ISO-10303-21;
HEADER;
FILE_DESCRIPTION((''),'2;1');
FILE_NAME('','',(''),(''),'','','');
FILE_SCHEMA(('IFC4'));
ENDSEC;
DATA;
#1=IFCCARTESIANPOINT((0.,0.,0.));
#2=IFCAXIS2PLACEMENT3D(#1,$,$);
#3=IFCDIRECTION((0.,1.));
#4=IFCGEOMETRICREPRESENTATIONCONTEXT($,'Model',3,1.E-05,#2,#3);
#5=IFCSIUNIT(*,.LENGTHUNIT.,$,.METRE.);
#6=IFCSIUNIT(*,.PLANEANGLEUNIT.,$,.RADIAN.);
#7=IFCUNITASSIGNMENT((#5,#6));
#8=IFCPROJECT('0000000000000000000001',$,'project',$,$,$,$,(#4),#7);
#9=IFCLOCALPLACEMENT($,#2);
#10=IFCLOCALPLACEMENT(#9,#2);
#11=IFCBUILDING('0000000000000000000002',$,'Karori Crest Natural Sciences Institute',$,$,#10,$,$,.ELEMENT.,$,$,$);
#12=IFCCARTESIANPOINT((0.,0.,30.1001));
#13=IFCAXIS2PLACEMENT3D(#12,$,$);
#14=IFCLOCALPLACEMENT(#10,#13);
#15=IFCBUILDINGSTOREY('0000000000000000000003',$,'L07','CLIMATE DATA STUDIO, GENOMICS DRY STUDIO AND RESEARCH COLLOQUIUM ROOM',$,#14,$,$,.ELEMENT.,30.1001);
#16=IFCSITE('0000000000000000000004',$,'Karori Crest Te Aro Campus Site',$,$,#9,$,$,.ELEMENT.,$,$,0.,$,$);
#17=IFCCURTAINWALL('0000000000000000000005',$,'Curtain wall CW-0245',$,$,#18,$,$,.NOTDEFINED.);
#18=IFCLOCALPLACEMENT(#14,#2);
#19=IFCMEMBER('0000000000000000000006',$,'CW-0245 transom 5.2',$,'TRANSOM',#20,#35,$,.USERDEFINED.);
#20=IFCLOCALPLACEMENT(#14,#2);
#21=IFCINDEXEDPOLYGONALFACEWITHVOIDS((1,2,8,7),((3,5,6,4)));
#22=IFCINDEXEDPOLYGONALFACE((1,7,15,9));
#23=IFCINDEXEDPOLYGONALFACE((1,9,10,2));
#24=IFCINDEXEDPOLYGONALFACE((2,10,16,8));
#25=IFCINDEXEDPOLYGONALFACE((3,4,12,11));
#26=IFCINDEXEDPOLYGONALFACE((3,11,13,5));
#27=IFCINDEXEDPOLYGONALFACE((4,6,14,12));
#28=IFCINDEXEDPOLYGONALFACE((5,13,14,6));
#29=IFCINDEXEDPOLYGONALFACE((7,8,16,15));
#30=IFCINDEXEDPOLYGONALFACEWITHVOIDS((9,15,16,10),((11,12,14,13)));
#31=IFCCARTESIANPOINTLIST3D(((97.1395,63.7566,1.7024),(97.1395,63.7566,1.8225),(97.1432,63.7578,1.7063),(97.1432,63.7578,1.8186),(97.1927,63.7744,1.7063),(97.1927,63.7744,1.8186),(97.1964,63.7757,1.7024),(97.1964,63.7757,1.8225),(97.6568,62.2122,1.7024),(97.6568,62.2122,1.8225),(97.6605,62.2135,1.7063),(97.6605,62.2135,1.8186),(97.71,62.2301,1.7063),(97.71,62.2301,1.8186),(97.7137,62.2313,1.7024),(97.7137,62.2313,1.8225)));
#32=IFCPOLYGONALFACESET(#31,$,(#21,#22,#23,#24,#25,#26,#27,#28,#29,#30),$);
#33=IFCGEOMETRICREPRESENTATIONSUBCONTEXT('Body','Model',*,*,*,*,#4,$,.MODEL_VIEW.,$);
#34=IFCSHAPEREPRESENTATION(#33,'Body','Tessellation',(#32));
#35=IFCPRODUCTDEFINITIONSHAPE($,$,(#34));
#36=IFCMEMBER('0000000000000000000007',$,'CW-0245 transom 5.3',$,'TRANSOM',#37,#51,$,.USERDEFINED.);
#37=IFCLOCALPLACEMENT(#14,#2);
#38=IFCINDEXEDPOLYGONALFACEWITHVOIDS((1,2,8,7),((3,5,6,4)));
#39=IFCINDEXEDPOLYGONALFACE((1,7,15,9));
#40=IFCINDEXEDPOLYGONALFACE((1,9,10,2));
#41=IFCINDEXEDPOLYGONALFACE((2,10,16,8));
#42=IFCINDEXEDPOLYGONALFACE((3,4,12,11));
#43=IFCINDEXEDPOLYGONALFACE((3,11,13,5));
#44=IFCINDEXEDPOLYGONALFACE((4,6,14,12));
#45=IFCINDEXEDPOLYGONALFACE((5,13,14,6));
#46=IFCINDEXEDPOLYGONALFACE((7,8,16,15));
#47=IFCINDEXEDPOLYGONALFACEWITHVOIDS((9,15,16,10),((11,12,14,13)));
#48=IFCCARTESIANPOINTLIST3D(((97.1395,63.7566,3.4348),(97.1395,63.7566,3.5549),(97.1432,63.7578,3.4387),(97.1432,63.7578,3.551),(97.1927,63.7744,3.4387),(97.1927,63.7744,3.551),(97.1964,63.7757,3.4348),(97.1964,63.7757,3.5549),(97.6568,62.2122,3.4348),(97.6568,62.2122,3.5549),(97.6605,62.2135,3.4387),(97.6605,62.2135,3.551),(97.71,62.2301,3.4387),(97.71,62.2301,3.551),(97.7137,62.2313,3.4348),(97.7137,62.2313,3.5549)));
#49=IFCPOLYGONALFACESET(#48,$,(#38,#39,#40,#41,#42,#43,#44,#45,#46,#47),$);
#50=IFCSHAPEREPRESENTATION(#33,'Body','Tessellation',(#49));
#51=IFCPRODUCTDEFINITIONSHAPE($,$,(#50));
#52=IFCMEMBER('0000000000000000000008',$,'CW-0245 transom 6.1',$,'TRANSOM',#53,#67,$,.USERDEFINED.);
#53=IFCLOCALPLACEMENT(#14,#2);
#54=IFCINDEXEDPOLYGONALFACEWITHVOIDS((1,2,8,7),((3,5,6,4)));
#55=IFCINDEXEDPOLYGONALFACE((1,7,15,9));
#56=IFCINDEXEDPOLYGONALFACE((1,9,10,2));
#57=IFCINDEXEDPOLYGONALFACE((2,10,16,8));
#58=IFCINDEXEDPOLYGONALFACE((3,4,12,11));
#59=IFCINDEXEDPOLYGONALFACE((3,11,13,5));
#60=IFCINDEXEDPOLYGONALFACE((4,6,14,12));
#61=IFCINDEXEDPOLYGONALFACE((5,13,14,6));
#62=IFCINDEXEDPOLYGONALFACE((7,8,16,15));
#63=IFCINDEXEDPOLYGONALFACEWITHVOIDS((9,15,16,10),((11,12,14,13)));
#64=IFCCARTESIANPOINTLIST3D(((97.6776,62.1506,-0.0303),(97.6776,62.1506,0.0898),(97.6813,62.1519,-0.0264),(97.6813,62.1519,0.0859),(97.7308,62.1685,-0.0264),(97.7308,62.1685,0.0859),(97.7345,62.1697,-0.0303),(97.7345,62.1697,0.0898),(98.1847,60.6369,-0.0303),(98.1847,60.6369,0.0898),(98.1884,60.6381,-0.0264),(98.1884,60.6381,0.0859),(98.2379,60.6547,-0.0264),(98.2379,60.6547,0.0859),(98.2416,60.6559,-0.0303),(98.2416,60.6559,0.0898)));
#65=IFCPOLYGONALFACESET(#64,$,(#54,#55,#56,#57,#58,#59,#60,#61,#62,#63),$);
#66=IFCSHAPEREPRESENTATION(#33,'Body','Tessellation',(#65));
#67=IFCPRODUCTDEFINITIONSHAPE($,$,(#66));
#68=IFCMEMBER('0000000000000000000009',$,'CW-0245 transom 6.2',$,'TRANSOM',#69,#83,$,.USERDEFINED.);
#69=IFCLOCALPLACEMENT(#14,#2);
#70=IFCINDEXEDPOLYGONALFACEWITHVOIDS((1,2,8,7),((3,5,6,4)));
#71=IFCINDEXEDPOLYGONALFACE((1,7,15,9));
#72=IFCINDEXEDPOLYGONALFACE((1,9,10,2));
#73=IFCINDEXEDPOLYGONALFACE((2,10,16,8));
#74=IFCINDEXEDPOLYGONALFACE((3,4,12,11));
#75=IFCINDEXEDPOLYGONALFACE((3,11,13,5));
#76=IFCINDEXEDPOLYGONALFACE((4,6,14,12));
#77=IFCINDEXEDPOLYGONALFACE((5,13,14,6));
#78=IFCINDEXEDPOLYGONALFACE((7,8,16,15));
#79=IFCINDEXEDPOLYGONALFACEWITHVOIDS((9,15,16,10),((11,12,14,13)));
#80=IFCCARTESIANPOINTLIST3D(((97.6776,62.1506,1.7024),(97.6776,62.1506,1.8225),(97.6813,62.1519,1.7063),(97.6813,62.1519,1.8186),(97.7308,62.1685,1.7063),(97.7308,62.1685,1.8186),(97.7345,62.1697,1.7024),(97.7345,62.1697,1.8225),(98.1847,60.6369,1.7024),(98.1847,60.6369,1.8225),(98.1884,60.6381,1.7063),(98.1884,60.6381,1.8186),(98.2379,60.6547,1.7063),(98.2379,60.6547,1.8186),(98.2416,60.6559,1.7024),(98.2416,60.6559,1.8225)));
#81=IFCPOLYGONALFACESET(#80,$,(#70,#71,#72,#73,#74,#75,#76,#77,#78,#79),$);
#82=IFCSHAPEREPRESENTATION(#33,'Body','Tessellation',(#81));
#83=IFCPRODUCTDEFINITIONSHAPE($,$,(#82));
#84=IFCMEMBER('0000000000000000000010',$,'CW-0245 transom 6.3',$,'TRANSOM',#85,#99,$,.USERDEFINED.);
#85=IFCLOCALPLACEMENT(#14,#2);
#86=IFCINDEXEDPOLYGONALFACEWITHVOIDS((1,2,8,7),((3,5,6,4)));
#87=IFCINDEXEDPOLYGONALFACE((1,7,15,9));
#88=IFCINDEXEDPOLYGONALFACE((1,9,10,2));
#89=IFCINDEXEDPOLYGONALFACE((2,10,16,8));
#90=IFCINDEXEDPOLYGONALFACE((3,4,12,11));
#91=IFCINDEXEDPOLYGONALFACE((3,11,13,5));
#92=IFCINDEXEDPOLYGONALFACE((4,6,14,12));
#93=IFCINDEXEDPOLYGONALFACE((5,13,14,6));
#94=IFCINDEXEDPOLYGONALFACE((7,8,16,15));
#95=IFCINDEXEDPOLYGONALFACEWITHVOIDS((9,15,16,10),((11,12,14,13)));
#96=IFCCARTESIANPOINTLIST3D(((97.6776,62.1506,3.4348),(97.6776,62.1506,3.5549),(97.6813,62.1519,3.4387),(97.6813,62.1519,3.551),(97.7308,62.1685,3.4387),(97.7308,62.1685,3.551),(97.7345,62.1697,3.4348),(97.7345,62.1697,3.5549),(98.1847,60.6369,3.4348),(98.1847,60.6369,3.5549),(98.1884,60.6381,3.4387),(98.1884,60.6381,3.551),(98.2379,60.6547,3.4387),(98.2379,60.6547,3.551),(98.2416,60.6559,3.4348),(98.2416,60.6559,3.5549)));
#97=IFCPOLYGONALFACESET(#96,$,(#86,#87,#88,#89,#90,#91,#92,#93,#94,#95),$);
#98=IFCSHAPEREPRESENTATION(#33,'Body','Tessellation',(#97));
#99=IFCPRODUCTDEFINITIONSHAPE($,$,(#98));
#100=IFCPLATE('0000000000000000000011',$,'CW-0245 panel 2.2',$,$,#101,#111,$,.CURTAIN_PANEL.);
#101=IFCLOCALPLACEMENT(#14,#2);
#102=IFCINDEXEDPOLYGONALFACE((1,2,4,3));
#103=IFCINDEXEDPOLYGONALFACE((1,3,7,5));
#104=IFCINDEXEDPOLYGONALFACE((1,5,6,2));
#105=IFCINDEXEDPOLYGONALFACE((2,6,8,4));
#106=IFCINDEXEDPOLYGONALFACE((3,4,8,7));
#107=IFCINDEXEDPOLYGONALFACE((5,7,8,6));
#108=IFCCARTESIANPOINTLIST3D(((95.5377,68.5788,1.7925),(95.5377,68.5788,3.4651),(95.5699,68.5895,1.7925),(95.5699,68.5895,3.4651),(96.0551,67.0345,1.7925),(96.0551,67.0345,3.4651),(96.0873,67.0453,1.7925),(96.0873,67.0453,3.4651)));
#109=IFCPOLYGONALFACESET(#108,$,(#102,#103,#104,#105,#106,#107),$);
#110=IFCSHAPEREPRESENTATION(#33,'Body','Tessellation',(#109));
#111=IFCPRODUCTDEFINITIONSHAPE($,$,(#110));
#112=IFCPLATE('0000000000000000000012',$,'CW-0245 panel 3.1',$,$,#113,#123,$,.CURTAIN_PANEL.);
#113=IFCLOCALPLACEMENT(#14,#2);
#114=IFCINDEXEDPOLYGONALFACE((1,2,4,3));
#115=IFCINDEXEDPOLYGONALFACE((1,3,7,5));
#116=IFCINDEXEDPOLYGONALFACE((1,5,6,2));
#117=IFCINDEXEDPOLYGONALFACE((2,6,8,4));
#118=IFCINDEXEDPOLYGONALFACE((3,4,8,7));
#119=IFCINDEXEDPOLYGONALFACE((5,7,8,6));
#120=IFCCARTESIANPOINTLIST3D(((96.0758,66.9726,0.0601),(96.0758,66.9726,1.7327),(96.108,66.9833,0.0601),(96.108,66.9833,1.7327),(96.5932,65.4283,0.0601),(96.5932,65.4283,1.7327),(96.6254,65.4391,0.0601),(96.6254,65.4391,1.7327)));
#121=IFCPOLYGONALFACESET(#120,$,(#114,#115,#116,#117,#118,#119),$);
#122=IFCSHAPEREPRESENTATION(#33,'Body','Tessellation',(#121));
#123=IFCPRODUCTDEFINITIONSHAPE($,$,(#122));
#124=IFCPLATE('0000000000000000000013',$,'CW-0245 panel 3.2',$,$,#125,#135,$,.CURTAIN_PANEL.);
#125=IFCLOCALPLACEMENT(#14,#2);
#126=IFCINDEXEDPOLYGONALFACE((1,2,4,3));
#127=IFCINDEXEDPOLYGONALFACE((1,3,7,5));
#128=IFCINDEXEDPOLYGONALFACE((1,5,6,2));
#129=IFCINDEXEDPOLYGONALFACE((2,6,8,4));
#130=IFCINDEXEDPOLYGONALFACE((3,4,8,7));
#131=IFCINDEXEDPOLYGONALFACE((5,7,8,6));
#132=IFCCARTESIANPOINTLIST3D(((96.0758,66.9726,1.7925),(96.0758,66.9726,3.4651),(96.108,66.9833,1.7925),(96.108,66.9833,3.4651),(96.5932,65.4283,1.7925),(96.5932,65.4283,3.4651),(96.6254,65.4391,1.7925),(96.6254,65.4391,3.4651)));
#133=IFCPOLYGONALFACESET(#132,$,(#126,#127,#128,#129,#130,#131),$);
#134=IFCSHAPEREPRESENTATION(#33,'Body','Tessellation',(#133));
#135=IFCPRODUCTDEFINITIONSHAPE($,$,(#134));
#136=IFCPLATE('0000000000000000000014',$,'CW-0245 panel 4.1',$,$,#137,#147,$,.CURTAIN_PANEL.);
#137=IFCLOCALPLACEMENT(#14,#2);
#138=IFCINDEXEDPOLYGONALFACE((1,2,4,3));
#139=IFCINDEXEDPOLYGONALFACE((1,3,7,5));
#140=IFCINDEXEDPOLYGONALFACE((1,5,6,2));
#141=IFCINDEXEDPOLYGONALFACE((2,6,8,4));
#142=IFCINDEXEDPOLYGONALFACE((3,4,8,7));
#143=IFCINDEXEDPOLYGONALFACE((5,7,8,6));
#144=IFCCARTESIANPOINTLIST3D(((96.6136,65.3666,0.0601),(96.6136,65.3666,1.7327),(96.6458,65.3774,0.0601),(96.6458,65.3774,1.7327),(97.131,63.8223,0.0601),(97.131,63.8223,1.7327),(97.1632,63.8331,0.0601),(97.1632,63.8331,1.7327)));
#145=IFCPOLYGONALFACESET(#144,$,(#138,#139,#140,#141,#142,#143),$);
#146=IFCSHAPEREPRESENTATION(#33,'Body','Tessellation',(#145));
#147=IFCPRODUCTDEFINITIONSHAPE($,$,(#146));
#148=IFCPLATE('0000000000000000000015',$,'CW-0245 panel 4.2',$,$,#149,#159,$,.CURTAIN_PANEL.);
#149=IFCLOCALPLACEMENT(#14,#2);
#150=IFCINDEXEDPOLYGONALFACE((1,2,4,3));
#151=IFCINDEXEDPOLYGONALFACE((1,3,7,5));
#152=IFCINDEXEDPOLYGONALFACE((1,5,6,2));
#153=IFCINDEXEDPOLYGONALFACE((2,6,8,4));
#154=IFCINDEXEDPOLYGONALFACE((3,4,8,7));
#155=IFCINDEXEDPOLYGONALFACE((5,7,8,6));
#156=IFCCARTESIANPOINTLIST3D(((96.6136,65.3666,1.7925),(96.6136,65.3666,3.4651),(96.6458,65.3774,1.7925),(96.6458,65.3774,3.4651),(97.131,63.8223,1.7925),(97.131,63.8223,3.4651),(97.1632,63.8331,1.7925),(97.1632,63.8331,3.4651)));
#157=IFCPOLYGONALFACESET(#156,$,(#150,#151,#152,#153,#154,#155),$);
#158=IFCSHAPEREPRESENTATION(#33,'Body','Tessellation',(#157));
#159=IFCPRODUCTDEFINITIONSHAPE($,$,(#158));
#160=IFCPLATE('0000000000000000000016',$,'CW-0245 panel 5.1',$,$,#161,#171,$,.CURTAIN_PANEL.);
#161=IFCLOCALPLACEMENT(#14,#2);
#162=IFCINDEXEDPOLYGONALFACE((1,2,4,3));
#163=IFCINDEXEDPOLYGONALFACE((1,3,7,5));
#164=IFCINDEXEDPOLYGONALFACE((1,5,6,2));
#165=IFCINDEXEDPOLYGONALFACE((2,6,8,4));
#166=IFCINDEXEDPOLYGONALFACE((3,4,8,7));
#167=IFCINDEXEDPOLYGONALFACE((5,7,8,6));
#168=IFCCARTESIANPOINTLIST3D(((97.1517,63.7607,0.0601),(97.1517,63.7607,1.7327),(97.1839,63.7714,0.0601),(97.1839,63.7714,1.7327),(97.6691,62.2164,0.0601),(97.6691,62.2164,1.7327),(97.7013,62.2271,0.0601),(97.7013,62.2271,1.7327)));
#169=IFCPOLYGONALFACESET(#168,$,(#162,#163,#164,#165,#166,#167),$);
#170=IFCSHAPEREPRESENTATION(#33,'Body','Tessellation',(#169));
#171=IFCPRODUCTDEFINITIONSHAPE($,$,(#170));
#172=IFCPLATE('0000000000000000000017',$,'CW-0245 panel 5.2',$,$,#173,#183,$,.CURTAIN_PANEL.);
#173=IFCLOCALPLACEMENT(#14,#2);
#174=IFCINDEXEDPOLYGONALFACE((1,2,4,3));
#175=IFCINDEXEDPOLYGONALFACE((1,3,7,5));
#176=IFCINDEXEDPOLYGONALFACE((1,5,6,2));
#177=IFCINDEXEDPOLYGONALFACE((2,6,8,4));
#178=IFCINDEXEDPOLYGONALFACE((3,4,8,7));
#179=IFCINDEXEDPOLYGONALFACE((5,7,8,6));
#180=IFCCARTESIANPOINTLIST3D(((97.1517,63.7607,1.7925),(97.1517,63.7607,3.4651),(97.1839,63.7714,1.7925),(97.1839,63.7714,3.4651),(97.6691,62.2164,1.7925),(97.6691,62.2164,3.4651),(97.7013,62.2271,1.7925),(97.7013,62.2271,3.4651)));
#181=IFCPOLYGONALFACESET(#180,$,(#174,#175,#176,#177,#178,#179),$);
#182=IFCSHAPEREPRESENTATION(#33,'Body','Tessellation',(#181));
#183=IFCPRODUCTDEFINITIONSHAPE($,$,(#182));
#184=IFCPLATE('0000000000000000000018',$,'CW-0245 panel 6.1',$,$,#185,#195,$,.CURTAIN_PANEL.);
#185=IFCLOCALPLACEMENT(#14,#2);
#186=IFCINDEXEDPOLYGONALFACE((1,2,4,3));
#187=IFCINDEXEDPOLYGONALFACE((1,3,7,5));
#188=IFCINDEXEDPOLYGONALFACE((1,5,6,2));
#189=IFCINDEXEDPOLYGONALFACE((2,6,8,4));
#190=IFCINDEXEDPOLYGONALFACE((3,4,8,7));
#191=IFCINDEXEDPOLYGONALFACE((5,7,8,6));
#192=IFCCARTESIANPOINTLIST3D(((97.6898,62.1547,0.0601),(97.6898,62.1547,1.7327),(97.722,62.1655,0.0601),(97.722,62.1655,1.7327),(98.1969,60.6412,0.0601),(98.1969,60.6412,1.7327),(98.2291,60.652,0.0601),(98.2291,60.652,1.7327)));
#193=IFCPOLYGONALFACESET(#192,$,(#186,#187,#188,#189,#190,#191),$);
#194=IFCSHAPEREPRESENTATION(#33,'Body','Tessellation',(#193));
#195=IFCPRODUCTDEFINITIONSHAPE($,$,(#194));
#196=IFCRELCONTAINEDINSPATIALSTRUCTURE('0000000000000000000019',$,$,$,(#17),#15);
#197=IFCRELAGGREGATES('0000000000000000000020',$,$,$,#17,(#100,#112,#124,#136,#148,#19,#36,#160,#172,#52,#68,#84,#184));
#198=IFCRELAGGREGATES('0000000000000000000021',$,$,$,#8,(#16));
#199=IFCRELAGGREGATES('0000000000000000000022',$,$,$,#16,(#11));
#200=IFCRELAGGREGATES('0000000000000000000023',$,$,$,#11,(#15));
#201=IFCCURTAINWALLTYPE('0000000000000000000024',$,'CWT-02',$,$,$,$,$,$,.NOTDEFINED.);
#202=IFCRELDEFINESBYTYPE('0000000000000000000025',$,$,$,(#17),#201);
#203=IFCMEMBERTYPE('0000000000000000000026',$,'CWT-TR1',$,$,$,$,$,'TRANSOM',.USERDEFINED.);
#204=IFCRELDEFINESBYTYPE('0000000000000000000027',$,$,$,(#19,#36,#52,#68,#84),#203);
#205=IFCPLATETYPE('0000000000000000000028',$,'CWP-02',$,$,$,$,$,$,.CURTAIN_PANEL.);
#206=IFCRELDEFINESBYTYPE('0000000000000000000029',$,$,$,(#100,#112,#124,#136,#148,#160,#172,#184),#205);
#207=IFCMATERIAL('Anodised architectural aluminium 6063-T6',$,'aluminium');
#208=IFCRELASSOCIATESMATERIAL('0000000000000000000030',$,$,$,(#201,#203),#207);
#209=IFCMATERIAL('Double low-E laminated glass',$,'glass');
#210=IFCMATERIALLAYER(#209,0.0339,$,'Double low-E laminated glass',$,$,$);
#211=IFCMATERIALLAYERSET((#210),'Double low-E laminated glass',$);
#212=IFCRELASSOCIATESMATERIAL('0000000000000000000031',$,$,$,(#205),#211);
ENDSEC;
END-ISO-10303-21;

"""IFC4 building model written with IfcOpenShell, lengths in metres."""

from ifc_helpers import new_model, si_unit, direction, frame, origin, origin_2d, place, context, subcontext, project, spatial, rectangle, hollow_rectangle, extrude, material, layer, layer_set, material_profile, profile_set, type_object, element, aggregate, save


model = new_model("IFC4")

# Units and contexts
model_context = context("Model", 3, precision=1e-05, world=origin(), true_north=direction((0.0, 1.0)))
body_context = subcontext(model_context, "Body", "Model", "MODEL_VIEW")
ifc_project = project(units=[si_unit("LENGTHUNIT", "METRE"), si_unit("PLANEANGLEUNIT", "RADIAN")], contexts=[model_context])

# Site, building, storey
site_placement = place(None, origin())
site = spatial("IfcSite", under=ifc_project, at=site_placement, Name="Karori Crest Te Aro Campus Site", CompositionType="ELEMENT", RefElevation=0.0)
building_placement = place(site_placement, origin())
building = spatial("IfcBuilding", under=site, at=building_placement, Name="Karori Crest Natural Sciences Institute", CompositionType="ELEMENT")
storey_placement = place(building_placement, frame((0.0, 0.0, 30.1001)))
storey = spatial("IfcBuildingStorey", under=building, at=storey_placement, Name="L07", Description="CLIMATE DATA STUDIO, GENOMICS DRY STUDIO AND RESEARCH COLLOQUIUM ROOM", CompositionType="ELEMENT", Elevation=30.1001)

# Curtain wall, members, plates
ifc_material_1 = material(Name="Anodised architectural aluminium 6063-T6", Category="aluminium")
curtain_wall_type = type_object("IfcCurtainWallType", Name="CWT-02", PredefinedType="NOTDEFINED", material=ifc_material_1)
curtain_wall_placement = place(storey_placement, origin())
curtain_wall = element("IfcCurtainWall", 1, at=curtain_wall_placement, inside=storey, type_object=curtain_wall_type, Name="Curtain wall CW-0245", PredefinedType="NOTDEFINED")
ifc_material_profile_1 = material_profile(ifc_material_1, hollow_rectangle(XDim=0.0601, YDim=0.1201, WallThickness=0.0039, at=origin_2d()), Name="CWT120x60x4")
ifc_profile_set_1 = profile_set([ifc_material_profile_1], Name="Anodised architectural aluminium 6063-T6")
member_type_1 = type_object("IfcMemberType", Name="CWT-TR1", ElementType="TRANSOM", PredefinedType="USERDEFINED", material=ifc_profile_set_1)
member_1_placement = place(storey_placement, frame((97.168, 63.7661, 1.7625), z_axis=(0.317621, -0.948218, 0.0), x_axis=(0.948218, 0.317621, 0.0)))
member_1 = element("IfcMember", 2, at=member_1_placement, type_object=member_type_1, Name="CW-0245 transom 5.2", ObjectType="TRANSOM", PredefinedType="USERDEFINED", context=body_context, shape_type="SweptSolid", body=[
    extrude(hollow_rectangle(XDim=0.0601, YDim=0.1201, WallThickness=0.0039, at=origin_2d()), origin(), (0.0, 0.0, 1.0), 1.6287),
])
member_2_placement = place(storey_placement, frame((97.168, 63.7661, 3.4949), z_axis=(0.317621, -0.948218, 0.0), x_axis=(0.948218, 0.317621, 0.0)))
member_2 = element("IfcMember", 3, at=member_2_placement, type_object=member_type_1, Name="CW-0245 transom 5.3", ObjectType="TRANSOM", PredefinedType="USERDEFINED", context=body_context, shape_type="SweptSolid", body=[
    extrude(hollow_rectangle(XDim=0.0601, YDim=0.1201, WallThickness=0.0039, at=origin_2d()), origin(), (0.0, 0.0, 1.0), 1.6287),
])
member_3_placement = place(storey_placement, frame((97.7061, 62.1602, 0.0298), z_axis=(0.31765, -0.948208, 0.0), x_axis=(0.948208, 0.31765, 0.0)))
member_3 = element("IfcMember", 4, at=member_3_placement, type_object=member_type_1, Name="CW-0245 transom 6.1", ObjectType="TRANSOM", PredefinedType="USERDEFINED", context=body_context, shape_type="SweptSolid", body=[
    extrude(hollow_rectangle(XDim=0.0601, YDim=0.1201, WallThickness=0.0039, at=origin_2d()), origin(), (0.0, 0.0, 1.0), 1.5964),
])
member_4_placement = place(storey_placement, frame((97.7061, 62.1602, 1.7625), z_axis=(0.31765, -0.948208, 0.0), x_axis=(0.948208, 0.31765, 0.0)))
member_4 = element("IfcMember", 5, at=member_4_placement, type_object=member_type_1, Name="CW-0245 transom 6.2", ObjectType="TRANSOM", PredefinedType="USERDEFINED", context=body_context, shape_type="SweptSolid", body=[
    extrude(hollow_rectangle(XDim=0.0601, YDim=0.1201, WallThickness=0.0039, at=origin_2d()), origin(), (0.0, 0.0, 1.0), 1.5964),
])
member_5_placement = place(storey_placement, frame((97.7061, 62.1602, 3.4949), z_axis=(0.31765, -0.948208, 0.0), x_axis=(0.948208, 0.31765, 0.0)))
member_5 = element("IfcMember", 6, at=member_5_placement, type_object=member_type_1, Name="CW-0245 transom 6.3", ObjectType="TRANSOM", PredefinedType="USERDEFINED", context=body_context, shape_type="SweptSolid", body=[
    extrude(hollow_rectangle(XDim=0.0601, YDim=0.1201, WallThickness=0.0039, at=origin_2d()), origin(), (0.0, 0.0, 1.0), 1.5964),
])
ifc_material_2 = material(Name="Double low-E laminated glass", Category="glass")
ifc_layer_1 = layer(ifc_material_2, 0.0339, Name="Double low-E laminated glass")
ifc_layer_set_1 = layer_set([ifc_layer_1], Name="Double low-E laminated glass")
plate_type = type_object("IfcPlateType", Name="CWP-02", PredefinedType="CURTAIN_PANEL", material=ifc_layer_set_1)
plate_1_placement = place(storey_placement, frame((95.8125, 67.812, 1.7925), z_axis=(0.0, 0.0, 1.0), x_axis=(0.31768, -0.948198, 0.0)))
plate_1 = element("IfcPlate", 7, at=plate_1_placement, type_object=plate_type, Name="CW-0245 panel 2.2", PredefinedType="CURTAIN_PANEL", context=body_context, shape_type="SweptSolid", body=[
    extrude(rectangle(XDim=1.6287, YDim=0.0339, at=origin_2d()), origin(), (0.0, 0.0, 1.0), 1.6726),
])
plate_2_placement = place(storey_placement, frame((96.3506, 66.2058, 0.0601), z_axis=(0.0, 0.0, 1.0), x_axis=(0.31768, -0.948198, 0.0)))
plate_2 = element("IfcPlate", 8, at=plate_2_placement, type_object=plate_type, Name="CW-0245 panel 3.1", PredefinedType="CURTAIN_PANEL", context=body_context, shape_type="SweptSolid", body=[
    extrude(rectangle(XDim=1.6287, YDim=0.0339, at=origin_2d()), origin(), (0.0, 0.0, 1.0), 1.6726),
])
plate_3_placement = place(storey_placement, frame((96.3506, 66.2058, 1.7925), z_axis=(0.0, 0.0, 1.0), x_axis=(0.31768, -0.948198, 0.0)))
plate_3 = element("IfcPlate", 9, at=plate_3_placement, type_object=plate_type, Name="CW-0245 panel 3.2", PredefinedType="CURTAIN_PANEL", context=body_context, shape_type="SweptSolid", body=[
    extrude(rectangle(XDim=1.6287, YDim=0.0339, at=origin_2d()), origin(), (0.0, 0.0, 1.0), 1.6726),
])
plate_4_placement = place(storey_placement, frame((96.8884, 64.5999, 0.0601), z_axis=(0.0, 0.0, 1.0), x_axis=(0.31768, -0.948198, 0.0)))
plate_4 = element("IfcPlate", 10, at=plate_4_placement, type_object=plate_type, Name="CW-0245 panel 4.1", PredefinedType="CURTAIN_PANEL", context=body_context, shape_type="SweptSolid", body=[
    extrude(rectangle(XDim=1.6287, YDim=0.0339, at=origin_2d()), origin(), (0.0, 0.0, 1.0), 1.6726),
])
plate_5_placement = place(storey_placement, frame((96.8884, 64.5999, 1.7925), z_axis=(0.0, 0.0, 1.0), x_axis=(0.31768, -0.948198, 0.0)))
plate_5 = element("IfcPlate", 11, at=plate_5_placement, type_object=plate_type, Name="CW-0245 panel 4.2", PredefinedType="CURTAIN_PANEL", context=body_context, shape_type="SweptSolid", body=[
    extrude(rectangle(XDim=1.6287, YDim=0.0339, at=origin_2d()), origin(), (0.0, 0.0, 1.0), 1.6726),
])
plate_6_placement = place(storey_placement, frame((97.4265, 62.9939, 0.0601), z_axis=(0.0, 0.0, 1.0), x_axis=(0.31768, -0.948198, 0.0)))
plate_6 = element("IfcPlate", 12, at=plate_6_placement, type_object=plate_type, Name="CW-0245 panel 5.1", PredefinedType="CURTAIN_PANEL", context=body_context, shape_type="SweptSolid", body=[
    extrude(rectangle(XDim=1.6287, YDim=0.0339, at=origin_2d()), origin(), (0.0, 0.0, 1.0), 1.6726),
])
plate_7_placement = place(storey_placement, frame((97.4265, 62.9939, 1.7925), z_axis=(0.0, 0.0, 1.0), x_axis=(0.31768, -0.948198, 0.0)))
plate_7 = element("IfcPlate", 13, at=plate_7_placement, type_object=plate_type, Name="CW-0245 panel 5.2", PredefinedType="CURTAIN_PANEL", context=body_context, shape_type="SweptSolid", body=[
    extrude(rectangle(XDim=1.6287, YDim=0.0339, at=origin_2d()), origin(), (0.0, 0.0, 1.0), 1.6726),
])
plate_8_placement = place(storey_placement, frame((97.9595, 61.4033, 0.0601), z_axis=(0.0, 0.0, 1.0), x_axis=(0.31768, -0.948198, 0.0)))
plate_8 = element("IfcPlate", 14, at=plate_8_placement, type_object=plate_type, Name="CW-0245 panel 6.1", PredefinedType="CURTAIN_PANEL", context=body_context, shape_type="SweptSolid", body=[
    extrude(rectangle(XDim=1.5962, YDim=0.0339, at=origin_2d()), origin(), (0.0, 0.0, 1.0), 1.6726),
])
aggregate(curtain_wall, [plate_1, plate_2, plate_3, plate_4, plate_5, member_1, member_2, plate_6, plate_7, member_3, member_4, member_5, plate_8])

save(model, "model.ifc")
